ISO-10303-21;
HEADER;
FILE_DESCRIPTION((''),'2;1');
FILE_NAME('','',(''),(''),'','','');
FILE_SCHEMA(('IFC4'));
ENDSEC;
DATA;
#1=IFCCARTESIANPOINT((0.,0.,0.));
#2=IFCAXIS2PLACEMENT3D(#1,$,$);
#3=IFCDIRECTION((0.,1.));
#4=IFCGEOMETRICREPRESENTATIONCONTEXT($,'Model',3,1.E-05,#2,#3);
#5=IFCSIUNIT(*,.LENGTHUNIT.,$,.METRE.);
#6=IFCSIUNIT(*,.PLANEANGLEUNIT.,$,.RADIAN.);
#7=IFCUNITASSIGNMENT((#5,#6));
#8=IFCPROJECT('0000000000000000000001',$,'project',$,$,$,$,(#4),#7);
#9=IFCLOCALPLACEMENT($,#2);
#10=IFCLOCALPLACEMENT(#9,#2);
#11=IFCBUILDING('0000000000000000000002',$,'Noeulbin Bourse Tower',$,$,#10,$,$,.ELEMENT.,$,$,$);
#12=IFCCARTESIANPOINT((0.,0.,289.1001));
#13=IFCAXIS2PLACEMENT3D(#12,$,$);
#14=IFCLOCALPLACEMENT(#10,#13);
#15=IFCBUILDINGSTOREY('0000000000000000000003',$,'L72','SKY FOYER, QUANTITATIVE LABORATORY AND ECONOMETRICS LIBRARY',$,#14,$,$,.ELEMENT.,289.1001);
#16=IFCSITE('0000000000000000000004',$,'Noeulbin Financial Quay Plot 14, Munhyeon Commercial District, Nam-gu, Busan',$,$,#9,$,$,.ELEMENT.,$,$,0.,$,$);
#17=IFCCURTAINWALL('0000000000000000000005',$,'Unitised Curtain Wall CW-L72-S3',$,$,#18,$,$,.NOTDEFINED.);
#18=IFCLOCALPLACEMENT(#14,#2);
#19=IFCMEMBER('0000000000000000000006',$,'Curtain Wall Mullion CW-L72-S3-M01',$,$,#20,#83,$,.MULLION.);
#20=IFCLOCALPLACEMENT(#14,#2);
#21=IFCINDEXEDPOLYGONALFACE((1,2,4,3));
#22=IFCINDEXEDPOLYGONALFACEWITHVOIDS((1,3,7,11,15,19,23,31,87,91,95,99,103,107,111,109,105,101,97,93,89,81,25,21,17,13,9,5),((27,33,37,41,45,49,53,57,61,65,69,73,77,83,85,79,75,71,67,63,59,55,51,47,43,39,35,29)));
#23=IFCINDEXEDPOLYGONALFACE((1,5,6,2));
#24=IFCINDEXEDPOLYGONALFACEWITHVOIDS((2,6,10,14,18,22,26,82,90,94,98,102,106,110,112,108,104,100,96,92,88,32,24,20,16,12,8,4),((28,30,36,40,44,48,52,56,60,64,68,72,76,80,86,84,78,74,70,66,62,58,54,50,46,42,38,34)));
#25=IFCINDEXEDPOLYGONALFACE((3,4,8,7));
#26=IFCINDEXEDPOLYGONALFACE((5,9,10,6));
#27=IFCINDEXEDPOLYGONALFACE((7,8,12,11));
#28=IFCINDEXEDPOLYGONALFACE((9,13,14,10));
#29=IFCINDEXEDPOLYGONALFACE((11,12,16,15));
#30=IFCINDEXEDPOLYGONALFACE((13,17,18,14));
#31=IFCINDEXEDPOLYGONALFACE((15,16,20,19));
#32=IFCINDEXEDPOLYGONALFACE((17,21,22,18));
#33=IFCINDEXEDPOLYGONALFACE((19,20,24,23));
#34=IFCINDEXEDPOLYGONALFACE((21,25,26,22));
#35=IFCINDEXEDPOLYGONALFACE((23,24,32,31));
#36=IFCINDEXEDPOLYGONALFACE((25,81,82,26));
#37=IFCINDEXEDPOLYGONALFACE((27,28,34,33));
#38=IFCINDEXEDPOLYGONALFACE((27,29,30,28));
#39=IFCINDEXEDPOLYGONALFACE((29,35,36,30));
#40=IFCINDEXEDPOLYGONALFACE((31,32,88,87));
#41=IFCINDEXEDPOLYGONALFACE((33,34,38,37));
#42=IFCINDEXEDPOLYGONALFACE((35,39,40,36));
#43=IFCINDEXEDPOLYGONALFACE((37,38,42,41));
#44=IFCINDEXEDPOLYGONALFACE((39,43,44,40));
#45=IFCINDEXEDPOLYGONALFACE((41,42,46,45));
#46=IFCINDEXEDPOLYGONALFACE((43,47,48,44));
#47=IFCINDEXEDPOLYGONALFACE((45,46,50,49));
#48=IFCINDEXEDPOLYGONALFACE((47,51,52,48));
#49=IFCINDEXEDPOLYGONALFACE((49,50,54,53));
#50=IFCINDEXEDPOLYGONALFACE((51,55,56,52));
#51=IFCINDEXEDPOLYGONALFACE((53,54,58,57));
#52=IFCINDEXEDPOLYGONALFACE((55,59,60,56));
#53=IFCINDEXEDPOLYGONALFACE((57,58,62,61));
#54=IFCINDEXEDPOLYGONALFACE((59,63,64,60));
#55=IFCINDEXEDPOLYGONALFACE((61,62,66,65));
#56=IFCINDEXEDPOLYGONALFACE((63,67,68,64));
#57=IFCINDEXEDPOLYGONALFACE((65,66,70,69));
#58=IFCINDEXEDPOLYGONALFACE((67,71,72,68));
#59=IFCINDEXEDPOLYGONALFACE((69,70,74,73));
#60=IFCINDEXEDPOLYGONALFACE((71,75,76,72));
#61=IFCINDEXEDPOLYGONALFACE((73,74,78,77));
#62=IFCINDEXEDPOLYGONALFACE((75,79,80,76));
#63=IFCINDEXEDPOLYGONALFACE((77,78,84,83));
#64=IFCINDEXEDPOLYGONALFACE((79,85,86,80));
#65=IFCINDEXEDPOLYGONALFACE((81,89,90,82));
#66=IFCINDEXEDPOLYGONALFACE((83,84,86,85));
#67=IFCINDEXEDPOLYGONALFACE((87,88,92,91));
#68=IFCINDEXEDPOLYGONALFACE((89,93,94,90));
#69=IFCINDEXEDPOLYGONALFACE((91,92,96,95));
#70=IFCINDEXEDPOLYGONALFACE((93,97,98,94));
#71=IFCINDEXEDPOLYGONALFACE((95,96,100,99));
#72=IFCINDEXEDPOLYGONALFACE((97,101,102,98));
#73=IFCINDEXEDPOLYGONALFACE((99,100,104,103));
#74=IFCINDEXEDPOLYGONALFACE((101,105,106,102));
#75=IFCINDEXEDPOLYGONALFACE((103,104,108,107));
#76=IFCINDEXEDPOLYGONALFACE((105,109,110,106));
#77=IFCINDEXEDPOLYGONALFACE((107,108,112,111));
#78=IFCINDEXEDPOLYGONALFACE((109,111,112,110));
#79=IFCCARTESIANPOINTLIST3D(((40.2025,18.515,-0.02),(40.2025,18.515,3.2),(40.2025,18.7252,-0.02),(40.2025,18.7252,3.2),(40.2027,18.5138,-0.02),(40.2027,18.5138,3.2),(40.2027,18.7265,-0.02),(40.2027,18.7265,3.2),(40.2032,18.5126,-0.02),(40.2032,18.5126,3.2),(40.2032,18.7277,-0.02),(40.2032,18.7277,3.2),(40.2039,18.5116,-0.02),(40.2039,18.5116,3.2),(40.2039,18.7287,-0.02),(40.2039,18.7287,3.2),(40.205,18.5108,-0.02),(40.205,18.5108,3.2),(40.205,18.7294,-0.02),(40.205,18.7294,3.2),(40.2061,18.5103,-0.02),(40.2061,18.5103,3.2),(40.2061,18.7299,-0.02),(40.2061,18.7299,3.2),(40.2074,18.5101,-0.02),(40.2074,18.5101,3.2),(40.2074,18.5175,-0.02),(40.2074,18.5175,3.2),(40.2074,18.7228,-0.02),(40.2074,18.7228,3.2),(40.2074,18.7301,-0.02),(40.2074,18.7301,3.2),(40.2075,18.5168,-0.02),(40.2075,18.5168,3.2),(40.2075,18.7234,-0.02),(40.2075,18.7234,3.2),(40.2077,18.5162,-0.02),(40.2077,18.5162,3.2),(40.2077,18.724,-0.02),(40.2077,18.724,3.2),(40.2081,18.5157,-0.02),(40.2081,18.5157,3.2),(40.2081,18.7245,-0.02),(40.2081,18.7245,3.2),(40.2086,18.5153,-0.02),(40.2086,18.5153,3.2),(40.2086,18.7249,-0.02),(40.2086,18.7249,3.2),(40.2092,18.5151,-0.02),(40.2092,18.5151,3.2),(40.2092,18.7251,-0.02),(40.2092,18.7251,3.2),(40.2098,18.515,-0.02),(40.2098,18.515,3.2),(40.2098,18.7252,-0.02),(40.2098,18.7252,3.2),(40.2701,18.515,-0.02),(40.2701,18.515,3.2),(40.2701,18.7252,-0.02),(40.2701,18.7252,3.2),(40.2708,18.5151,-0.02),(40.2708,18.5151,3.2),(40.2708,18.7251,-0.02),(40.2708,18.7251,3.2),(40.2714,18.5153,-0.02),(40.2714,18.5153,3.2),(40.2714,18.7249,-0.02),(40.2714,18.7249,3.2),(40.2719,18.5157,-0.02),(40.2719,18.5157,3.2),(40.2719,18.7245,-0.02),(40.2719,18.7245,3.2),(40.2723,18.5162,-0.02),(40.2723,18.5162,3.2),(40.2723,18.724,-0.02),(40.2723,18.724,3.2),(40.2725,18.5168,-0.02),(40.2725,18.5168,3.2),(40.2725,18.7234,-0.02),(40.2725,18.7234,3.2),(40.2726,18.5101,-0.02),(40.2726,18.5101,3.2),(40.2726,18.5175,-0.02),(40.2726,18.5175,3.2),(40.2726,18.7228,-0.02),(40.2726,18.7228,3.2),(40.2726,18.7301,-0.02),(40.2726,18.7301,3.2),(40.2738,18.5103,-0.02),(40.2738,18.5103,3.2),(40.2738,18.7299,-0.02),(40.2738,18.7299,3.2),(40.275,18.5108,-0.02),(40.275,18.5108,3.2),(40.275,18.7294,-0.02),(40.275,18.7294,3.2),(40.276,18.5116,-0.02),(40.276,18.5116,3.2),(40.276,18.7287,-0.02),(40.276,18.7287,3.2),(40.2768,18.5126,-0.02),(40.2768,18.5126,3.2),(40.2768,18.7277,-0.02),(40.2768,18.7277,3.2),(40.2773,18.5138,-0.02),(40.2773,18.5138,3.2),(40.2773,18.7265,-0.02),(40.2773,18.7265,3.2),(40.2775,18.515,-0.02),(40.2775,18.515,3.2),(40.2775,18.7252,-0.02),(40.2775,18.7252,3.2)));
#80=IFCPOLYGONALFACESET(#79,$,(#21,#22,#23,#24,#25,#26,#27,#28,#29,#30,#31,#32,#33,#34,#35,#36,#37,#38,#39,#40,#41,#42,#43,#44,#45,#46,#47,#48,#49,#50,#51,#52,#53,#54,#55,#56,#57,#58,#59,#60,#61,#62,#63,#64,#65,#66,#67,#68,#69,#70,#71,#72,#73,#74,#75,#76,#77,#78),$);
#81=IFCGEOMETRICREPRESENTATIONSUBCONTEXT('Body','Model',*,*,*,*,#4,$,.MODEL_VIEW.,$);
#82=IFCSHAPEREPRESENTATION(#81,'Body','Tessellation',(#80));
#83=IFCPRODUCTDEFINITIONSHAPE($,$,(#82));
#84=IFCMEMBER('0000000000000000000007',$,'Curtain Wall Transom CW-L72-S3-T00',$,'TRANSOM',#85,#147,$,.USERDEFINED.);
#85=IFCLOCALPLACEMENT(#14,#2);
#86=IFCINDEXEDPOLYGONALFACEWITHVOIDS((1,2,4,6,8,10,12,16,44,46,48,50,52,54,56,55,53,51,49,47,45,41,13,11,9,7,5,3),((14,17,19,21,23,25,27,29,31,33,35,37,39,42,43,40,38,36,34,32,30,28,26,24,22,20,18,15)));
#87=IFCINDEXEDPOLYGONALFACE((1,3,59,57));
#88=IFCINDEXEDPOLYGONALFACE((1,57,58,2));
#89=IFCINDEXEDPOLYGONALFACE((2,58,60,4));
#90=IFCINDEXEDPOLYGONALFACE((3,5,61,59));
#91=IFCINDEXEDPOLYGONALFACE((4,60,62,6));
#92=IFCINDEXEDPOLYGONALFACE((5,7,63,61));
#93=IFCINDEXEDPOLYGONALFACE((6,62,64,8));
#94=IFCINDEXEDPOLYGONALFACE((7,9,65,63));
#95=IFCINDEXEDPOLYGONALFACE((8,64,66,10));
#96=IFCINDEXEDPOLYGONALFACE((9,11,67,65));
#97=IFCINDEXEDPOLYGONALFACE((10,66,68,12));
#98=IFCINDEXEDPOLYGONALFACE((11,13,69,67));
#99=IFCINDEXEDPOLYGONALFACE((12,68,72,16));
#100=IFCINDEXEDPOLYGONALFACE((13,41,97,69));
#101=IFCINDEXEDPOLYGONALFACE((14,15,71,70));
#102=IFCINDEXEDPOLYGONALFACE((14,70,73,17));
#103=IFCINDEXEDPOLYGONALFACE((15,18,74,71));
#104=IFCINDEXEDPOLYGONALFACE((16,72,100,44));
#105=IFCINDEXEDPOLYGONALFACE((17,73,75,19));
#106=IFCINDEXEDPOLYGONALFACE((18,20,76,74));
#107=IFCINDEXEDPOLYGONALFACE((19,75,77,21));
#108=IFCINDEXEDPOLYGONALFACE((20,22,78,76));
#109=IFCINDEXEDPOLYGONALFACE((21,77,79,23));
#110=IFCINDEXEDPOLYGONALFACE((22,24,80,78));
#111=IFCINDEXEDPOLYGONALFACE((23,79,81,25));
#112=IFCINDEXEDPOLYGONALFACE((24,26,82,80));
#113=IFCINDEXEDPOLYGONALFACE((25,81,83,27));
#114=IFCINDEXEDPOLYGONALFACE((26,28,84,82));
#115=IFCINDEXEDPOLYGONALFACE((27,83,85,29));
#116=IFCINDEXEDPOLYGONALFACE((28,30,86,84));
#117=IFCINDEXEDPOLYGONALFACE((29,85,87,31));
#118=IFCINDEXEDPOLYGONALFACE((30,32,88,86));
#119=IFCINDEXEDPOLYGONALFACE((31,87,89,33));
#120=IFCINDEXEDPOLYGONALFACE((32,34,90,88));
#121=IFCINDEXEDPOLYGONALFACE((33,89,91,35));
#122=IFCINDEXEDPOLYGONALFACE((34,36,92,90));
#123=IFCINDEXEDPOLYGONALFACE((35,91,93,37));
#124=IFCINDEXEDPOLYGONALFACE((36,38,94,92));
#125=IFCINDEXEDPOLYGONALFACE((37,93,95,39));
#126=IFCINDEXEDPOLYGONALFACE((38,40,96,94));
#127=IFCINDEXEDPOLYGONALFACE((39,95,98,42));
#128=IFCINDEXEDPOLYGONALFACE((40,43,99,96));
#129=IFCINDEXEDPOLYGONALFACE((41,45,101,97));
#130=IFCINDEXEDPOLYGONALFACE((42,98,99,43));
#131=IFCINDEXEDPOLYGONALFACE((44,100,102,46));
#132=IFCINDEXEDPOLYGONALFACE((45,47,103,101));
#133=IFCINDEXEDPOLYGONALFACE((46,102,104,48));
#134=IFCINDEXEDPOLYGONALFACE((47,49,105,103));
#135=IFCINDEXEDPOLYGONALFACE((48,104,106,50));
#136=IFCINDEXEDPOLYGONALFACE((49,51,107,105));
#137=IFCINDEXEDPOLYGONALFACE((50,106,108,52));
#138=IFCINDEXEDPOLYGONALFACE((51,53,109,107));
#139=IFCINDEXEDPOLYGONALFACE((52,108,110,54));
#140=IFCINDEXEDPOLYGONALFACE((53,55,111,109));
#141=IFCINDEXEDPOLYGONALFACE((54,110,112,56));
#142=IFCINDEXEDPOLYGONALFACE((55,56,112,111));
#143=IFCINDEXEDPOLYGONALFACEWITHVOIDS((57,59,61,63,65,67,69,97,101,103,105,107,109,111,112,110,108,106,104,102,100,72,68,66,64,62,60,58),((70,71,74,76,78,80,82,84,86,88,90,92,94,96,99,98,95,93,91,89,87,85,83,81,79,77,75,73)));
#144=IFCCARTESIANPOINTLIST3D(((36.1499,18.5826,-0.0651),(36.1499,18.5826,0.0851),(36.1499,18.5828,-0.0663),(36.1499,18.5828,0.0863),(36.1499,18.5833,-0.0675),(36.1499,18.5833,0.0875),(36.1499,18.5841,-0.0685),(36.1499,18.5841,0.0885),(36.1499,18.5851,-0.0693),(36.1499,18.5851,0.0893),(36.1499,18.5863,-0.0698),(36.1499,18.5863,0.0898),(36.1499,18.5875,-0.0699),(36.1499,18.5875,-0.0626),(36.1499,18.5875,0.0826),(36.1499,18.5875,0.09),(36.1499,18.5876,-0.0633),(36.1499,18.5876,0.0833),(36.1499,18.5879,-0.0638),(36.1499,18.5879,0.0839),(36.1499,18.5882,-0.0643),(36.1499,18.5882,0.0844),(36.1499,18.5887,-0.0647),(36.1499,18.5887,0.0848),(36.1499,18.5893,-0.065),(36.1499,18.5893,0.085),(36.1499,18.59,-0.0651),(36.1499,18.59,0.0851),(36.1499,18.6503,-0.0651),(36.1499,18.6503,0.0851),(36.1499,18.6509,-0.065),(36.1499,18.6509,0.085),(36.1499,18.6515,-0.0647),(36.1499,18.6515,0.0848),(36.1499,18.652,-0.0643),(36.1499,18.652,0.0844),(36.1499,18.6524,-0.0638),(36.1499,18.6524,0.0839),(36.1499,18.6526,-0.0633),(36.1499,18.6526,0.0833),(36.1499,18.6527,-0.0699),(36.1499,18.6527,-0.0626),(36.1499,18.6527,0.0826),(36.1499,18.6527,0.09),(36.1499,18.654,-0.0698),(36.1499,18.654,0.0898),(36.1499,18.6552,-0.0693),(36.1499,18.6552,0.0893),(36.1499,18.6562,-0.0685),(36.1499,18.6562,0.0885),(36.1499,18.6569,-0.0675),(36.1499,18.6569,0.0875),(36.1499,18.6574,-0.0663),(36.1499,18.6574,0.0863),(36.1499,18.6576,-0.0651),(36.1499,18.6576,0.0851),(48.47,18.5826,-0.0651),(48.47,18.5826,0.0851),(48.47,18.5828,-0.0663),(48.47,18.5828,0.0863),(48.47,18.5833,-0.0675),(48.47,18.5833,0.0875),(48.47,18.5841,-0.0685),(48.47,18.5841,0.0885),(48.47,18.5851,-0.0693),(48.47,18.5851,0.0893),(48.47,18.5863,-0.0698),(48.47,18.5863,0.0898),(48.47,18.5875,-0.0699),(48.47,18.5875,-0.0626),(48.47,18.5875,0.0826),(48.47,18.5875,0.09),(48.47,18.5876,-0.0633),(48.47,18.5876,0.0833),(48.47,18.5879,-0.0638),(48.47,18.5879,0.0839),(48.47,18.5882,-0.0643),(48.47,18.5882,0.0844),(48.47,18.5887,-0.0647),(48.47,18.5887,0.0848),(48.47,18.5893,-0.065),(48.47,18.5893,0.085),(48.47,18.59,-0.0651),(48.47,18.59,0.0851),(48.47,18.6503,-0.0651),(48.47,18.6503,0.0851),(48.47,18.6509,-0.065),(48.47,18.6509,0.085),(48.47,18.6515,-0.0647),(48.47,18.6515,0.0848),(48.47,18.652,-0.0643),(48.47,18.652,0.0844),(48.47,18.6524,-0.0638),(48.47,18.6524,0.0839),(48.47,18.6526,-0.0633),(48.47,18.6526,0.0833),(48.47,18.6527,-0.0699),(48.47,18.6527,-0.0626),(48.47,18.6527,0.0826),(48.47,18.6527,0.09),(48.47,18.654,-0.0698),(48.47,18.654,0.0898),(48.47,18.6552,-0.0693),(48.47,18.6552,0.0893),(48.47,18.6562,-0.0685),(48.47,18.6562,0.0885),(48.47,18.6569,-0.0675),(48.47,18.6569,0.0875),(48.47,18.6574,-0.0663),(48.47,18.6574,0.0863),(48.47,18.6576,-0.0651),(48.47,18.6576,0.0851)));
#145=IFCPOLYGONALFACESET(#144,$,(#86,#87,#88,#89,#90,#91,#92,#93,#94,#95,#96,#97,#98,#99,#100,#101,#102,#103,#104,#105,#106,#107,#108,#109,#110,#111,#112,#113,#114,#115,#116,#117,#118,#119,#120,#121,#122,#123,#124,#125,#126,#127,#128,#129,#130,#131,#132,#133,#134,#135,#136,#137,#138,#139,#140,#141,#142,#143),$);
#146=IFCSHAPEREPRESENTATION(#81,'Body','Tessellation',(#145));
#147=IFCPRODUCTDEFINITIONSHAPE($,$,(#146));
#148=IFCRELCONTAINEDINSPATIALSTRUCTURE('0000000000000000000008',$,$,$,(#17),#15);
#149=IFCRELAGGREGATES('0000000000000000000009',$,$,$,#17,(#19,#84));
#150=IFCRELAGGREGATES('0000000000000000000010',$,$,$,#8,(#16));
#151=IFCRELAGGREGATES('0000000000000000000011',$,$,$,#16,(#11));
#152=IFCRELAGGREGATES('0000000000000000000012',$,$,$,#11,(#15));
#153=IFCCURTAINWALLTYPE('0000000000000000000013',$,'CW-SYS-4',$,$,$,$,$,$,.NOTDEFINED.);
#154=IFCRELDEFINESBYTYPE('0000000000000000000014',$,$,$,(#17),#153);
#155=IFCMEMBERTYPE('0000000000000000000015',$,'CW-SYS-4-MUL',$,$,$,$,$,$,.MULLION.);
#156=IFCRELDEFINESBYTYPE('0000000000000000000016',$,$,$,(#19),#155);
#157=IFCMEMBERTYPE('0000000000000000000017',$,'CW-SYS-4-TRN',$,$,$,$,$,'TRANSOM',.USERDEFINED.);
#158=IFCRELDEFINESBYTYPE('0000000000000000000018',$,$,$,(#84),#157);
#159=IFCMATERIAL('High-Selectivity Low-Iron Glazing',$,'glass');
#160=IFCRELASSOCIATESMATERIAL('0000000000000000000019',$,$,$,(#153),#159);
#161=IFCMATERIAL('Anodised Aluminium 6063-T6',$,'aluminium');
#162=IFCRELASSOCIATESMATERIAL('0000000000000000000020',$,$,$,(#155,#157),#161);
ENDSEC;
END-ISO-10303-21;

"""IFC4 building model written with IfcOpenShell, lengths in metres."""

from ifc_helpers import new_model, si_unit, direction, frame, origin, origin_2d, place, context, subcontext, project, spatial, hollow_rectangle, extrude, material, material_profile, profile_set, type_object, element, aggregate, save


model = new_model("IFC4")

# Units and contexts
model_context = context("Model", 3, precision=1e-05, world=origin(), true_north=direction((0.0, 1.0)))
body_context = subcontext(model_context, "Body", "Model", "MODEL_VIEW")
ifc_project = project(units=[si_unit("LENGTHUNIT", "METRE"), si_unit("PLANEANGLEUNIT", "RADIAN")], contexts=[model_context])

# Site, building, storey
site_placement = place(None, origin())
site = spatial("IfcSite", under=ifc_project, at=site_placement, Name="Noeulbin Financial Quay Plot 14, Munhyeon Commercial District, Nam-gu, Busan", CompositionType="ELEMENT", RefElevation=0.0)
building_placement = place(site_placement, origin())
building = spatial("IfcBuilding", under=site, at=building_placement, Name="Noeulbin Bourse Tower", CompositionType="ELEMENT")
storey_placement = place(building_placement, frame((0.0, 0.0, 289.1001)))
storey = spatial("IfcBuildingStorey", under=building, at=storey_placement, Name="L72", Description="SKY FOYER, QUANTITATIVE LABORATORY AND ECONOMETRICS LIBRARY", CompositionType="ELEMENT", Elevation=289.1001)

# Shared definitions
ifc_material_1 = material(Name="High-Selectivity Low-Iron Glazing", Category="glass")
curtain_wall_type = type_object("IfcCurtainWallType", Name="CW-SYS-4", PredefinedType="NOTDEFINED", material=ifc_material_1)
ifc_material_2 = material(Name="Anodised Aluminium 6063-T6", Category="aluminium")
ifc_material_profile_1 = material_profile(ifc_material_2, hollow_rectangle(XDim=0.075, YDim=0.22, WallThickness=0.0049, InnerFilletRadius=0.0024, OuterFilletRadius=0.0049, at=origin_2d()), Name="ALU-MULL-75x220x5", Category="LoadBearing")
ifc_profile_set_1 = profile_set([ifc_material_profile_1], Name="Anodised Aluminium 6063-T6")
member_type_1 = type_object("IfcMemberType", Name="CW-SYS-4-MUL", PredefinedType="MULLION", material=ifc_profile_set_1)

# Curtain wall, members
curtain_wall_1_placement = place(storey_placement, origin())
curtain_wall_1 = element("IfcCurtainWall", 1, at=curtain_wall_1_placement, inside=storey, type_object=curtain_wall_type, Name="Unitised Curtain Wall CW-L72-S3", PredefinedType="NOTDEFINED")
member_1_placement = place(storey_placement, frame((40.24, 18.6201, -0.02), z_axis=(0.0, 0.0, 1.0), x_axis=(1.0, 0.0, 0.0)))
member_1 = element("IfcMember", 2, at=member_1_placement, type_object=member_type_1, Name="Curtain Wall Mullion CW-L72-S3-M01", PredefinedType="MULLION", context=body_context, shape_type="SweptSolid", body=[
    extrude(hollow_rectangle(XDim=0.075, YDim=0.22, WallThickness=0.0049, InnerFilletRadius=0.0024, OuterFilletRadius=0.0049, at=origin_2d()), origin(), (0.0, 0.0, 1.0), 3.22),
])
ifc_material_profile_2 = material_profile(ifc_material_2, hollow_rectangle(XDim=0.075, YDim=0.1599, WallThickness=0.0049, InnerFilletRadius=0.0024, OuterFilletRadius=0.0049, at=origin_2d()), Name="ALU-TRAN-75x160x5", Category="LoadBearing")
ifc_profile_set_2 = profile_set([ifc_material_profile_2], Name="Anodised Aluminium 6063-T6")
member_type_2 = type_object("IfcMemberType", Name="CW-SYS-4-TRN", ElementType="TRANSOM", PredefinedType="USERDEFINED", material=ifc_profile_set_2)
member_2_placement = place(storey_placement, frame((36.1499, 18.6201, 0.01), z_axis=(1.0, 0.0, 0.0), x_axis=(0.0, 1.0, 0.0)))
member_2 = element("IfcMember", 3, at=member_2_placement, type_object=member_type_2, Name="Curtain Wall Transom CW-L72-S3-T00", ObjectType="TRANSOM", PredefinedType="USERDEFINED", context=body_context, shape_type="SweptSolid", body=[
    extrude(hollow_rectangle(XDim=0.075, YDim=0.1599, WallThickness=0.0049, InnerFilletRadius=0.0024, OuterFilletRadius=0.0049, at=origin_2d()), origin(), (0.0, 0.0, 1.0), 12.3201),
])
aggregate(curtain_wall_1, [member_1, member_2])

save(model, "model.ifc")
